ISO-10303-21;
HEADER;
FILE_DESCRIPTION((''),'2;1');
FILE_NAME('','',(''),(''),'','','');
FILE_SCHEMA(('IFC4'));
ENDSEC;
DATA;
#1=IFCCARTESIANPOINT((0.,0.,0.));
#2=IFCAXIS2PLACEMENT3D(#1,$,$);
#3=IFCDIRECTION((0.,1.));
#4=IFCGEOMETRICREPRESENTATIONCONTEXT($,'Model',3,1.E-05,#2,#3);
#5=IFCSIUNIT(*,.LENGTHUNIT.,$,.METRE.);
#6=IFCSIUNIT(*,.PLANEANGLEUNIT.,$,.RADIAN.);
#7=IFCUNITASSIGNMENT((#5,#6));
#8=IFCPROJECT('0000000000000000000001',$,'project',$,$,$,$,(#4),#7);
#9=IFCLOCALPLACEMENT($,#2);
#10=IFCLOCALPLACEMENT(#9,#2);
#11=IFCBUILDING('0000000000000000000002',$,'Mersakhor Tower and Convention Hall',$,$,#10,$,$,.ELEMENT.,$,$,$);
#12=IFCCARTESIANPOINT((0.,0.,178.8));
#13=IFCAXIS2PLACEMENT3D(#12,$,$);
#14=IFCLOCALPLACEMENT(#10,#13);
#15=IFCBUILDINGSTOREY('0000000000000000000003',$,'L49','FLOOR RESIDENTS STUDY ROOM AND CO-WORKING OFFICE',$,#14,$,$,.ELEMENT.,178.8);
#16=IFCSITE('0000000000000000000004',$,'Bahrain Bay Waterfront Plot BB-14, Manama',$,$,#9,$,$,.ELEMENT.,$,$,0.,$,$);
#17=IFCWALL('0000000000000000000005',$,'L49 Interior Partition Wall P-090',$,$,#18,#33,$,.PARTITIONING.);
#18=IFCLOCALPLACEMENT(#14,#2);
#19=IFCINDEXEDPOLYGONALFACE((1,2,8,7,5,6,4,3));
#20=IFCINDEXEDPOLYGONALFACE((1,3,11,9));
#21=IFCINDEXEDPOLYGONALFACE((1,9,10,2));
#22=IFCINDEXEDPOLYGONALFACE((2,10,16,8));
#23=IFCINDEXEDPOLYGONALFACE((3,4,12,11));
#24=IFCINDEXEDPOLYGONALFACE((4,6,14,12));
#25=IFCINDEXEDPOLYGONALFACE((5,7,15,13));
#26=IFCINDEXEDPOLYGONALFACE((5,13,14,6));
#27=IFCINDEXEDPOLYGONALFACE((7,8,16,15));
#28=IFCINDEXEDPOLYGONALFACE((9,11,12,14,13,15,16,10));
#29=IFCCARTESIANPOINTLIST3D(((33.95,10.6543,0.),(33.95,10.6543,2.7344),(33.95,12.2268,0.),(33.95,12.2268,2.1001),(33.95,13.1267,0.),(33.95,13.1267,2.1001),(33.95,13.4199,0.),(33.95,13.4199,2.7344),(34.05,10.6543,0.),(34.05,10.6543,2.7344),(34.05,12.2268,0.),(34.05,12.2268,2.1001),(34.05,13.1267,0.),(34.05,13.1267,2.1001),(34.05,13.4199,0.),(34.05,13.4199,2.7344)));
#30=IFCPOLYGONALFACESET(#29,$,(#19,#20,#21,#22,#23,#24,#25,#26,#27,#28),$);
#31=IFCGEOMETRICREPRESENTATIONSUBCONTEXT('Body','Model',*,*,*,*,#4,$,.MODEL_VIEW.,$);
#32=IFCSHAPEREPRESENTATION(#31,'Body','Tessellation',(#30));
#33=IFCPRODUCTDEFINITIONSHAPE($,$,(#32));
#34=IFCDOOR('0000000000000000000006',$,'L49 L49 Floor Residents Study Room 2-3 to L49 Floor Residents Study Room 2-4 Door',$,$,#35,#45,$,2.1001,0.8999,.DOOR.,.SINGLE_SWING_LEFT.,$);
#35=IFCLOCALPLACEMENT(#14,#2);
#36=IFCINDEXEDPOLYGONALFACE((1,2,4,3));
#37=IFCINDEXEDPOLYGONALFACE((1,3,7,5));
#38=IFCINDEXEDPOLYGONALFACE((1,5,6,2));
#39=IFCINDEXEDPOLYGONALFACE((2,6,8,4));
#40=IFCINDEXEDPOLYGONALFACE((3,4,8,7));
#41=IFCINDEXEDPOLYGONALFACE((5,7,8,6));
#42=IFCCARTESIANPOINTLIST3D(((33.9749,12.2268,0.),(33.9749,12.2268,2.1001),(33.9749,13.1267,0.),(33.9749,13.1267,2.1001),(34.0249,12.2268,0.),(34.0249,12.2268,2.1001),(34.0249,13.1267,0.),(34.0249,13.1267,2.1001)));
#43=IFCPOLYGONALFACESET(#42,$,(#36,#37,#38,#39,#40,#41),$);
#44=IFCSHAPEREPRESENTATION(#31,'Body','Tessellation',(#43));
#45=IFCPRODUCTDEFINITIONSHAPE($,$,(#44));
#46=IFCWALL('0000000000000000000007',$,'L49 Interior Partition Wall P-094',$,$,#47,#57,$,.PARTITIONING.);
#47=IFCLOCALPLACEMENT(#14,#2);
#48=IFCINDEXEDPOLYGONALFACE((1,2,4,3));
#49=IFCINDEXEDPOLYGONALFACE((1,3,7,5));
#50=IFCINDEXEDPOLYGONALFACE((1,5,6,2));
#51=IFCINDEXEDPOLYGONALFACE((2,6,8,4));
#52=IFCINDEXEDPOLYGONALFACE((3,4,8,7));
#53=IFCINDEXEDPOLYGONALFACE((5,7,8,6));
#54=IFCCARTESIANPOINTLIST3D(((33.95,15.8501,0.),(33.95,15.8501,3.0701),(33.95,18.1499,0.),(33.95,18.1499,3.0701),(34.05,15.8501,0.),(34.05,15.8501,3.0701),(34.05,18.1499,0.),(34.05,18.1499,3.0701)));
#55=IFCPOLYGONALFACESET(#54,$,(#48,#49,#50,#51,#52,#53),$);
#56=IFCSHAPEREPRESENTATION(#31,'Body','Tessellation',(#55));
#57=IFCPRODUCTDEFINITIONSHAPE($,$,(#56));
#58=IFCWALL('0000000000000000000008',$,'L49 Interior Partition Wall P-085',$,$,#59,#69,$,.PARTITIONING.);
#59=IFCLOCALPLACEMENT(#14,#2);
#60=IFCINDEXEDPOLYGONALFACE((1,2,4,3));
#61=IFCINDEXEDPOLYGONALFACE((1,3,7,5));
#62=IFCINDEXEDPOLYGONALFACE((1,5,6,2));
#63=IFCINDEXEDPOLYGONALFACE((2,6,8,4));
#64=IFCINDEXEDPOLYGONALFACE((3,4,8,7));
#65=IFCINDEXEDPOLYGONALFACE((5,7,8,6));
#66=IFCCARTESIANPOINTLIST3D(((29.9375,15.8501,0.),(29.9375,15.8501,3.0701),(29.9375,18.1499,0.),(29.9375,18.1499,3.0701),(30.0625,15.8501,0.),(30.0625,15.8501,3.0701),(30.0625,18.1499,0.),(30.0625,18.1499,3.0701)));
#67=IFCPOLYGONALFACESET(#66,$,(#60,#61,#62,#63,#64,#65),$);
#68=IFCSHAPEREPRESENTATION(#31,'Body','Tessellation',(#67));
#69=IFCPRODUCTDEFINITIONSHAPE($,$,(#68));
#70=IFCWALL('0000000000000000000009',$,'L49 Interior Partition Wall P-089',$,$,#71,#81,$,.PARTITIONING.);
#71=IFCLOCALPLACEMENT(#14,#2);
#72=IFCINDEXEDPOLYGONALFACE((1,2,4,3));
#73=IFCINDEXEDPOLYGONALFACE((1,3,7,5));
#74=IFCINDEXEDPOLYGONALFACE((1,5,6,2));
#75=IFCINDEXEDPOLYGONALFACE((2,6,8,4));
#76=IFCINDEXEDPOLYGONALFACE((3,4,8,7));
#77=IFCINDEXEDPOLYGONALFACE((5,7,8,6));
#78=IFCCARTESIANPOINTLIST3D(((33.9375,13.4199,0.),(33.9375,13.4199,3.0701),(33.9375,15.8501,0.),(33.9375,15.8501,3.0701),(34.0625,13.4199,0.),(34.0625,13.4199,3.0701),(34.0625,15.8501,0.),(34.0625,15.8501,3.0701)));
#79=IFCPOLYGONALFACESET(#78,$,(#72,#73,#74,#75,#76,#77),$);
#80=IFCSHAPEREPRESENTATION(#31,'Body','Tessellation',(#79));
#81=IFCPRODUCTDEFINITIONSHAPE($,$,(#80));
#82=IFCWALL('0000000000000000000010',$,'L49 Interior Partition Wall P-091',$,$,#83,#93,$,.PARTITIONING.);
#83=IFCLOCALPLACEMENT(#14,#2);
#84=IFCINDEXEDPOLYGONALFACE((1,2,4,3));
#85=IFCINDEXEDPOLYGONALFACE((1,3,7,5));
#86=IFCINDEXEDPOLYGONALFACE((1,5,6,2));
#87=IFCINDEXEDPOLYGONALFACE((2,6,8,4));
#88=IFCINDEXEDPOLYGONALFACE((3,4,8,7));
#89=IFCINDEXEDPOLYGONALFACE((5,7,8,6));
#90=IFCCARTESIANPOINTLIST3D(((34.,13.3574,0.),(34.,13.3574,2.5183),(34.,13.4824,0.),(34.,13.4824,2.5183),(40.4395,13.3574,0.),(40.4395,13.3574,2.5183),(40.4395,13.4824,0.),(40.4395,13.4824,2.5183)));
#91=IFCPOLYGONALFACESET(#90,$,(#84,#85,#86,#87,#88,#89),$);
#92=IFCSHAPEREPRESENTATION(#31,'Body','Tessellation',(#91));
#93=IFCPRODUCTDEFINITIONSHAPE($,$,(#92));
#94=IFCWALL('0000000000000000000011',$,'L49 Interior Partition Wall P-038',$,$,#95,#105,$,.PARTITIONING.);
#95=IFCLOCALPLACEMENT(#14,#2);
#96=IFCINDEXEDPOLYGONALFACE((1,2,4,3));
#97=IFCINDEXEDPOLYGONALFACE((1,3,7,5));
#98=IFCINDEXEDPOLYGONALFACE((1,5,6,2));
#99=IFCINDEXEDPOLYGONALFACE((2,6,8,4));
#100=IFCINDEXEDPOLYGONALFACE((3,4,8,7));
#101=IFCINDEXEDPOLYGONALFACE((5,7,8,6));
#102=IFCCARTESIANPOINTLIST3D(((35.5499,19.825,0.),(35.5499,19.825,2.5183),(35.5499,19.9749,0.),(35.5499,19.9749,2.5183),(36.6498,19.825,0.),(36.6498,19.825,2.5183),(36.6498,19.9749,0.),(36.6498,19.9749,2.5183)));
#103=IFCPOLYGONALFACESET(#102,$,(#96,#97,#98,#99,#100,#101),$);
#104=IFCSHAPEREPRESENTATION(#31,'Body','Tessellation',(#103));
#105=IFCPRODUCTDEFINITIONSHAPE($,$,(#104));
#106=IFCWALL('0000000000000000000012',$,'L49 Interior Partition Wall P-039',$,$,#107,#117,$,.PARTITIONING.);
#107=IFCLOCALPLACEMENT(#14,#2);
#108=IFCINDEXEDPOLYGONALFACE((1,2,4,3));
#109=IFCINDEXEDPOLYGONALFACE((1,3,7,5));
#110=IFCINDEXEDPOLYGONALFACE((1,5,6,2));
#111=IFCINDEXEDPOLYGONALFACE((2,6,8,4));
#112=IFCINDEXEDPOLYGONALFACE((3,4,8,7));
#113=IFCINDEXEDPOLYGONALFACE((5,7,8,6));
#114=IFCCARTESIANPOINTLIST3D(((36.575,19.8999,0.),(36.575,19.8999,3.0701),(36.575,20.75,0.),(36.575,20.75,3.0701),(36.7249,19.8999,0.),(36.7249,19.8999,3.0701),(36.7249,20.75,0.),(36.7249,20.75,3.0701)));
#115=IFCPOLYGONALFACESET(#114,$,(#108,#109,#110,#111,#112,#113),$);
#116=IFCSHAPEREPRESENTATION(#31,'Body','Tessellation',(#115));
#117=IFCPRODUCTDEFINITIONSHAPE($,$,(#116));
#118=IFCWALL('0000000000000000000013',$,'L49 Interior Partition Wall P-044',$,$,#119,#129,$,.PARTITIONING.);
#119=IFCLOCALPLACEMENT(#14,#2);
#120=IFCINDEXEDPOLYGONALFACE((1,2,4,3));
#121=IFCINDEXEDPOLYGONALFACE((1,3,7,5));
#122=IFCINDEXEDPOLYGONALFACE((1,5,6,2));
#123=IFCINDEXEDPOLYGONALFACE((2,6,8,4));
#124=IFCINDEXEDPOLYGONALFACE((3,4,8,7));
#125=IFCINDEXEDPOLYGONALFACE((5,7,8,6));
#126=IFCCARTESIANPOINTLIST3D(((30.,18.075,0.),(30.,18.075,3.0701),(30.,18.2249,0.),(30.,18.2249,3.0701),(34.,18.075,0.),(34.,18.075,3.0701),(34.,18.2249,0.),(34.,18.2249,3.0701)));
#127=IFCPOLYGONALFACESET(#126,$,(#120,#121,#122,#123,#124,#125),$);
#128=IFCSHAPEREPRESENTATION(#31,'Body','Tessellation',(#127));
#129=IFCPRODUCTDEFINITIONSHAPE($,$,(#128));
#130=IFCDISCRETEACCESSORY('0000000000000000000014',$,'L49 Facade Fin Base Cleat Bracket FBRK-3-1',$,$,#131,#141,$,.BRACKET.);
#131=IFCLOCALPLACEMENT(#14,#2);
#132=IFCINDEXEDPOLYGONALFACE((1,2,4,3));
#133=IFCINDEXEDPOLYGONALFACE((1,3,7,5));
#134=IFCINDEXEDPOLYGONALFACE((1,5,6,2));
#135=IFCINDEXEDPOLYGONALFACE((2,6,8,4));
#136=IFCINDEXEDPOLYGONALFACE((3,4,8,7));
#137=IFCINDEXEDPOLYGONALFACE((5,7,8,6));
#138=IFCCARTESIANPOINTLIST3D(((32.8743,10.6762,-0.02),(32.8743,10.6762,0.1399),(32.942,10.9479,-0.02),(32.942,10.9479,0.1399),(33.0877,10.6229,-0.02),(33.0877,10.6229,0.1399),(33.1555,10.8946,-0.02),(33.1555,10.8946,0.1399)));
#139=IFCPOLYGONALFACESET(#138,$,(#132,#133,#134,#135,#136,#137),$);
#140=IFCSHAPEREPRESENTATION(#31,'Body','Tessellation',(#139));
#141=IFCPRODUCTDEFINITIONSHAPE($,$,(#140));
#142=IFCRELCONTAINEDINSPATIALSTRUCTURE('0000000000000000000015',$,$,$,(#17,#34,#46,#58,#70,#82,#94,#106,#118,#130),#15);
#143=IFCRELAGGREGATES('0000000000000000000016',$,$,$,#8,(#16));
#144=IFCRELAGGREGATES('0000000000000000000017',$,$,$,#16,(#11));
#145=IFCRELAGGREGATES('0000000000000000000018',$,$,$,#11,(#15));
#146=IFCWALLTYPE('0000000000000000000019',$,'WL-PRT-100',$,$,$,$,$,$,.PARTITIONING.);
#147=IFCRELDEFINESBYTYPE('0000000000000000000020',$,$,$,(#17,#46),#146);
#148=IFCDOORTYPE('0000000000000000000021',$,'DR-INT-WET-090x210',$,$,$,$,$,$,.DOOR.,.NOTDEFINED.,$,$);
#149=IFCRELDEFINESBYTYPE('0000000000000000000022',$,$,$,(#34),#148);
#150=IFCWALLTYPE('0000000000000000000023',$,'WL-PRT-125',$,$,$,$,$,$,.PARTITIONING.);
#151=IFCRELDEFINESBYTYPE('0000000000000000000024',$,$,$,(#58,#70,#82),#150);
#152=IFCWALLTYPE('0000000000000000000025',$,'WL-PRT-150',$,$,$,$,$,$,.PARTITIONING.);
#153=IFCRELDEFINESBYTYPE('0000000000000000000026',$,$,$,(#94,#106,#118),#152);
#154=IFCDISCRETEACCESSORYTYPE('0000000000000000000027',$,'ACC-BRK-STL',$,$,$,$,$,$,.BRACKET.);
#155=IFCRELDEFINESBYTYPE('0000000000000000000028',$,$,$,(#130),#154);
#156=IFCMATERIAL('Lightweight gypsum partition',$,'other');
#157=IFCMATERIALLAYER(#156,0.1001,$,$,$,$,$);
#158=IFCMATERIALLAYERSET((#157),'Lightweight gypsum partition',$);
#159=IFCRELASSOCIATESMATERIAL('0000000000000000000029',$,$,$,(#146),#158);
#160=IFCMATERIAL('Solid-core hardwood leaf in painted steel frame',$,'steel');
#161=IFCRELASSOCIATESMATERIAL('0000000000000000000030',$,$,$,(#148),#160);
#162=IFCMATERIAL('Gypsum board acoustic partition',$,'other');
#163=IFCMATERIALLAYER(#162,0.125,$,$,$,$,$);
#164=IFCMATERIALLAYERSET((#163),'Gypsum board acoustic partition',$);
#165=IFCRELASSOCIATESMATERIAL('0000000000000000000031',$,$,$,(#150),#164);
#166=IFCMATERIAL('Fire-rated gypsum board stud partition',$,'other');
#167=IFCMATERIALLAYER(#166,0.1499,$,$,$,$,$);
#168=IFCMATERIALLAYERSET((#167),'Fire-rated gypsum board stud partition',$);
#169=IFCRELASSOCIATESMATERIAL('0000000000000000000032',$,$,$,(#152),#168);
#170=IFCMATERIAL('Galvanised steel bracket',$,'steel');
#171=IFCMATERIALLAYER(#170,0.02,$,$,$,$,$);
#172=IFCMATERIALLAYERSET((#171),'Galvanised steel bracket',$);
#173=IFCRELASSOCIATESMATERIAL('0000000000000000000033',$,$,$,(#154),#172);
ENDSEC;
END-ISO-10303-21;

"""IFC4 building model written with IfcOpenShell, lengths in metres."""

from ifc_helpers import new_model, si_unit, direction, frame, frame_2d, origin, origin_2d, place, context, subcontext, project, spatial, rectangle, extrude, material, layer, layer_set, type_object, element, fill, save


model = new_model("IFC4")

# Units and contexts
model_context = context("Model", 3, precision=1e-05, world=origin(), true_north=direction((0.0, 1.0)))
body_context = subcontext(model_context, "Body", "Model", "MODEL_VIEW")
ifc_project = project(units=[si_unit("LENGTHUNIT", "METRE"), si_unit("PLANEANGLEUNIT", "RADIAN")], contexts=[model_context])

# Site, building, storey
site_placement = place(None, origin())
site = spatial("IfcSite", under=ifc_project, at=site_placement, Name="Bahrain Bay Waterfront Plot BB-14, Manama", CompositionType="ELEMENT", RefElevation=0.0)
building_placement = place(site_placement, origin())
building = spatial("IfcBuilding", under=site, at=building_placement, Name="Mersakhor Tower and Convention Hall", CompositionType="ELEMENT")
storey_placement = place(building_placement, frame((0.0, 0.0, 178.8)))
storey = spatial("IfcBuildingStorey", under=building, at=storey_placement, Name="L49", Description="FLOOR RESIDENTS STUDY ROOM AND CO-WORKING OFFICE", CompositionType="ELEMENT", Elevation=178.8)

# Shared definitions
ifc_material_1 = material(Name="Lightweight gypsum partition", Category="other")
ifc_layer_1 = layer(ifc_material_1, 0.1001)
ifc_layer_set_1 = layer_set([ifc_layer_1], Name="Lightweight gypsum partition")
wall_type_1 = type_object("IfcWallType", Name="WL-PRT-100", PredefinedType="PARTITIONING", material=ifc_layer_set_1)
ifc_material_2 = material(Name="Solid-core hardwood leaf in painted steel frame", Category="steel")
door_type_1 = type_object("IfcDoorType", Name="DR-INT-WET-090x210", OperationType="NOTDEFINED", PredefinedType="DOOR", material=ifc_material_2)

# Wall, opening, door
wall_1_placement = place(storey_placement, frame((34.0, 13.4199, 0.0), z_axis=(0.0, 0.0, 1.0), x_axis=(0.0, -1.0, 0.0)))
wall_1 = element("IfcWall", 1, at=wall_1_placement, inside=storey, type_object=wall_type_1, Name="L49 Interior Partition Wall P-090", PredefinedType="PARTITIONING", context=body_context, shape_type="SweptSolid", body=[
    extrude(rectangle(XDim=2.7656, YDim=0.1001, at=frame_2d((1.3828, 0.0))), origin(), (0.0, 0.0, 1.0), 2.7344),
])
opening_1_placement = place(wall_1_placement, frame((0.2932, 0.0, 0.0)))
opening_1 = element("IfcOpeningElement", 2, at=opening_1_placement, cuts=wall_1, PredefinedType="OPENING", context=body_context, shape_type="SweptSolid", body=[
    extrude(rectangle(XDim=0.8999, YDim=2.1001, at=frame_2d((0.45, 1.05))), frame((0.0, 0.0601, 0.0), z_axis=(0.0, -1.0, 0.0), x_axis=(1.0, 0.0, 0.0)), (0.0, 0.0, 1.0), 0.1201),
])
door_1_placement = place(opening_1_placement, origin())
door_1 = element("IfcDoor", 3, at=door_1_placement, inside=storey, type_object=door_type_1, Name="L49 L49 Floor Residents Study Room 2-3 to L49 Floor Residents Study Room 2-4 Door", OperationType="SINGLE_SWING_LEFT", OverallHeight=2.1001, OverallWidth=0.8999, PredefinedType="DOOR", context=body_context, shape_type="SweptSolid", body=[
    extrude(rectangle(XDim=0.8999, YDim=2.1001, at=frame_2d((0.45, 1.05))), frame((0.0, 0.0249, 0.0), z_axis=(0.0, -1.0, 0.0), x_axis=(1.0, 0.0, 0.0)), (0.0, 0.0, 1.0), 0.05),
])
fill(opening_1, door_1)

# Walls
wall_2_placement = place(storey_placement, frame((34.0, 15.8501, 0.0), z_axis=(0.0, 0.0, 1.0), x_axis=(0.0, 1.0, 0.0)))
element("IfcWall", 4, at=wall_2_placement, inside=storey, type_object=wall_type_1, Name="L49 Interior Partition Wall P-094", PredefinedType="PARTITIONING", context=body_context, shape_type="SweptSolid", body=[
    extrude(rectangle(XDim=2.2998, YDim=0.1001, at=frame_2d((1.1499, 0.0))), origin(), (0.0, 0.0, 1.0), 3.0701),
])
ifc_material_3 = material(Name="Gypsum board acoustic partition", Category="other")
ifc_layer_2 = layer(ifc_material_3, 0.125)
ifc_layer_set_2 = layer_set([ifc_layer_2], Name="Gypsum board acoustic partition")
wall_type_2 = type_object("IfcWallType", Name="WL-PRT-125", PredefinedType="PARTITIONING", material=ifc_layer_set_2)
wall_3_placement = place(storey_placement, frame((30.0, 18.1499, 0.0), z_axis=(0.0, 0.0, 1.0), x_axis=(0.0, -1.0, 0.0)))
element("IfcWall", 5, at=wall_3_placement, inside=storey, type_object=wall_type_2, Name="L49 Interior Partition Wall P-085", PredefinedType="PARTITIONING", context=body_context, shape_type="SweptSolid", body=[
    extrude(rectangle(XDim=2.2998, YDim=0.125, at=frame_2d((1.1499, 0.0))), origin(), (0.0, 0.0, 1.0), 3.0701),
])
wall_4_placement = place(storey_placement, frame((34.0, 15.8501, 0.0), z_axis=(0.0, 0.0, 1.0), x_axis=(0.0, -1.0, 0.0)))
element("IfcWall", 6, at=wall_4_placement, inside=storey, type_object=wall_type_2, Name="L49 Interior Partition Wall P-089", PredefinedType="PARTITIONING", context=body_context, shape_type="SweptSolid", body=[
    extrude(rectangle(XDim=2.4302, YDim=0.125, at=frame_2d((1.2151, 0.0))), origin(), (0.0, 0.0, 1.0), 3.0701),
])
wall_5_placement = place(storey_placement, frame((34.0, 13.4199, 0.0), z_axis=(0.0, 0.0, 1.0), x_axis=(1.0, 0.0, 0.0)))
element("IfcWall", 7, at=wall_5_placement, inside=storey, type_object=wall_type_2, Name="L49 Interior Partition Wall P-091", PredefinedType="PARTITIONING", context=body_context, shape_type="SweptSolid", body=[
    extrude(rectangle(XDim=6.4395, YDim=0.125, at=frame_2d((3.2197, 0.0))), origin(), (0.0, 0.0, 1.0), 2.5183),
])
ifc_material_4 = material(Name="Fire-rated gypsum board stud partition", Category="other")
ifc_layer_3 = layer(ifc_material_4, 0.1499)
ifc_layer_set_3 = layer_set([ifc_layer_3], Name="Fire-rated gypsum board stud partition")
wall_type_3 = type_object("IfcWallType", Name="WL-PRT-150", PredefinedType="PARTITIONING", material=ifc_layer_set_3)
wall_6_placement = place(storey_placement, frame((35.55, 19.8999, 0.0), z_axis=(0.0, 0.0, 1.0), x_axis=(1.0, 0.0, 0.0)))
element("IfcWall", 8, at=wall_6_placement, inside=storey, type_object=wall_type_3, Name="L49 Interior Partition Wall P-038", PredefinedType="PARTITIONING", context=body_context, shape_type="SweptSolid", body=[
    extrude(rectangle(XDim=1.0999, YDim=0.1499, at=frame_2d((0.5498, 0.0))), origin(), (0.0, 0.0, 1.0), 2.5183),
])
wall_7_placement = place(storey_placement, frame((36.6499, 19.8999, 0.0), z_axis=(0.0, 0.0, 1.0), x_axis=(0.0, 1.0, 0.0)))
element("IfcWall", 9, at=wall_7_placement, inside=storey, type_object=wall_type_3, Name="L49 Interior Partition Wall P-039", PredefinedType="PARTITIONING", context=body_context, shape_type="SweptSolid", body=[
    extrude(rectangle(XDim=0.8501, YDim=0.1499, at=frame_2d((0.425, 0.0))), origin(), (0.0, 0.0, 1.0), 3.0701),
])
wall_8_placement = place(storey_placement, frame((34.0, 18.1499, 0.0), z_axis=(0.0, 0.0, 1.0), x_axis=(-1.0, 0.0, 0.0)))
element("IfcWall", 10, at=wall_8_placement, inside=storey, type_object=wall_type_3, Name="L49 Interior Partition Wall P-044", PredefinedType="PARTITIONING", context=body_context, shape_type="SweptSolid", body=[
    extrude(rectangle(XDim=4.0, YDim=0.1499, at=frame_2d((2.0, 0.0))), origin(), (0.0, 0.0, 1.0), 3.0701),
])

# Discrete accessory
ifc_material_5 = material(Name="Galvanised steel bracket", Category="steel")
ifc_layer_4 = layer(ifc_material_5, 0.02)
ifc_layer_set_4 = layer_set([ifc_layer_4], Name="Galvanised steel bracket")
discrete_accessory_type = type_object("IfcDiscreteAccessoryType", Name="ACC-BRK-STL", PredefinedType="BRACKET", material=ifc_layer_set_4)
discrete_accessory_placement = place(storey_placement, frame((33.0149, 10.7854, -0.02), z_axis=(0.0, 0.0, 1.0), x_axis=(-0.241922, -0.970296, 0.0)))
element("IfcDiscreteAccessory", 11, at=discrete_accessory_placement, inside=storey, type_object=discrete_accessory_type, Name="L49 Facade Fin Base Cleat Bracket FBRK-3-1", PredefinedType="BRACKET", context=body_context, shape_type="SweptSolid", body=[
    extrude(rectangle(XDim=0.28, YDim=0.22, at=origin_2d()), origin(), (0.0, 0.0, 1.0), 0.1599),
])

save(model, "model.ifc")
